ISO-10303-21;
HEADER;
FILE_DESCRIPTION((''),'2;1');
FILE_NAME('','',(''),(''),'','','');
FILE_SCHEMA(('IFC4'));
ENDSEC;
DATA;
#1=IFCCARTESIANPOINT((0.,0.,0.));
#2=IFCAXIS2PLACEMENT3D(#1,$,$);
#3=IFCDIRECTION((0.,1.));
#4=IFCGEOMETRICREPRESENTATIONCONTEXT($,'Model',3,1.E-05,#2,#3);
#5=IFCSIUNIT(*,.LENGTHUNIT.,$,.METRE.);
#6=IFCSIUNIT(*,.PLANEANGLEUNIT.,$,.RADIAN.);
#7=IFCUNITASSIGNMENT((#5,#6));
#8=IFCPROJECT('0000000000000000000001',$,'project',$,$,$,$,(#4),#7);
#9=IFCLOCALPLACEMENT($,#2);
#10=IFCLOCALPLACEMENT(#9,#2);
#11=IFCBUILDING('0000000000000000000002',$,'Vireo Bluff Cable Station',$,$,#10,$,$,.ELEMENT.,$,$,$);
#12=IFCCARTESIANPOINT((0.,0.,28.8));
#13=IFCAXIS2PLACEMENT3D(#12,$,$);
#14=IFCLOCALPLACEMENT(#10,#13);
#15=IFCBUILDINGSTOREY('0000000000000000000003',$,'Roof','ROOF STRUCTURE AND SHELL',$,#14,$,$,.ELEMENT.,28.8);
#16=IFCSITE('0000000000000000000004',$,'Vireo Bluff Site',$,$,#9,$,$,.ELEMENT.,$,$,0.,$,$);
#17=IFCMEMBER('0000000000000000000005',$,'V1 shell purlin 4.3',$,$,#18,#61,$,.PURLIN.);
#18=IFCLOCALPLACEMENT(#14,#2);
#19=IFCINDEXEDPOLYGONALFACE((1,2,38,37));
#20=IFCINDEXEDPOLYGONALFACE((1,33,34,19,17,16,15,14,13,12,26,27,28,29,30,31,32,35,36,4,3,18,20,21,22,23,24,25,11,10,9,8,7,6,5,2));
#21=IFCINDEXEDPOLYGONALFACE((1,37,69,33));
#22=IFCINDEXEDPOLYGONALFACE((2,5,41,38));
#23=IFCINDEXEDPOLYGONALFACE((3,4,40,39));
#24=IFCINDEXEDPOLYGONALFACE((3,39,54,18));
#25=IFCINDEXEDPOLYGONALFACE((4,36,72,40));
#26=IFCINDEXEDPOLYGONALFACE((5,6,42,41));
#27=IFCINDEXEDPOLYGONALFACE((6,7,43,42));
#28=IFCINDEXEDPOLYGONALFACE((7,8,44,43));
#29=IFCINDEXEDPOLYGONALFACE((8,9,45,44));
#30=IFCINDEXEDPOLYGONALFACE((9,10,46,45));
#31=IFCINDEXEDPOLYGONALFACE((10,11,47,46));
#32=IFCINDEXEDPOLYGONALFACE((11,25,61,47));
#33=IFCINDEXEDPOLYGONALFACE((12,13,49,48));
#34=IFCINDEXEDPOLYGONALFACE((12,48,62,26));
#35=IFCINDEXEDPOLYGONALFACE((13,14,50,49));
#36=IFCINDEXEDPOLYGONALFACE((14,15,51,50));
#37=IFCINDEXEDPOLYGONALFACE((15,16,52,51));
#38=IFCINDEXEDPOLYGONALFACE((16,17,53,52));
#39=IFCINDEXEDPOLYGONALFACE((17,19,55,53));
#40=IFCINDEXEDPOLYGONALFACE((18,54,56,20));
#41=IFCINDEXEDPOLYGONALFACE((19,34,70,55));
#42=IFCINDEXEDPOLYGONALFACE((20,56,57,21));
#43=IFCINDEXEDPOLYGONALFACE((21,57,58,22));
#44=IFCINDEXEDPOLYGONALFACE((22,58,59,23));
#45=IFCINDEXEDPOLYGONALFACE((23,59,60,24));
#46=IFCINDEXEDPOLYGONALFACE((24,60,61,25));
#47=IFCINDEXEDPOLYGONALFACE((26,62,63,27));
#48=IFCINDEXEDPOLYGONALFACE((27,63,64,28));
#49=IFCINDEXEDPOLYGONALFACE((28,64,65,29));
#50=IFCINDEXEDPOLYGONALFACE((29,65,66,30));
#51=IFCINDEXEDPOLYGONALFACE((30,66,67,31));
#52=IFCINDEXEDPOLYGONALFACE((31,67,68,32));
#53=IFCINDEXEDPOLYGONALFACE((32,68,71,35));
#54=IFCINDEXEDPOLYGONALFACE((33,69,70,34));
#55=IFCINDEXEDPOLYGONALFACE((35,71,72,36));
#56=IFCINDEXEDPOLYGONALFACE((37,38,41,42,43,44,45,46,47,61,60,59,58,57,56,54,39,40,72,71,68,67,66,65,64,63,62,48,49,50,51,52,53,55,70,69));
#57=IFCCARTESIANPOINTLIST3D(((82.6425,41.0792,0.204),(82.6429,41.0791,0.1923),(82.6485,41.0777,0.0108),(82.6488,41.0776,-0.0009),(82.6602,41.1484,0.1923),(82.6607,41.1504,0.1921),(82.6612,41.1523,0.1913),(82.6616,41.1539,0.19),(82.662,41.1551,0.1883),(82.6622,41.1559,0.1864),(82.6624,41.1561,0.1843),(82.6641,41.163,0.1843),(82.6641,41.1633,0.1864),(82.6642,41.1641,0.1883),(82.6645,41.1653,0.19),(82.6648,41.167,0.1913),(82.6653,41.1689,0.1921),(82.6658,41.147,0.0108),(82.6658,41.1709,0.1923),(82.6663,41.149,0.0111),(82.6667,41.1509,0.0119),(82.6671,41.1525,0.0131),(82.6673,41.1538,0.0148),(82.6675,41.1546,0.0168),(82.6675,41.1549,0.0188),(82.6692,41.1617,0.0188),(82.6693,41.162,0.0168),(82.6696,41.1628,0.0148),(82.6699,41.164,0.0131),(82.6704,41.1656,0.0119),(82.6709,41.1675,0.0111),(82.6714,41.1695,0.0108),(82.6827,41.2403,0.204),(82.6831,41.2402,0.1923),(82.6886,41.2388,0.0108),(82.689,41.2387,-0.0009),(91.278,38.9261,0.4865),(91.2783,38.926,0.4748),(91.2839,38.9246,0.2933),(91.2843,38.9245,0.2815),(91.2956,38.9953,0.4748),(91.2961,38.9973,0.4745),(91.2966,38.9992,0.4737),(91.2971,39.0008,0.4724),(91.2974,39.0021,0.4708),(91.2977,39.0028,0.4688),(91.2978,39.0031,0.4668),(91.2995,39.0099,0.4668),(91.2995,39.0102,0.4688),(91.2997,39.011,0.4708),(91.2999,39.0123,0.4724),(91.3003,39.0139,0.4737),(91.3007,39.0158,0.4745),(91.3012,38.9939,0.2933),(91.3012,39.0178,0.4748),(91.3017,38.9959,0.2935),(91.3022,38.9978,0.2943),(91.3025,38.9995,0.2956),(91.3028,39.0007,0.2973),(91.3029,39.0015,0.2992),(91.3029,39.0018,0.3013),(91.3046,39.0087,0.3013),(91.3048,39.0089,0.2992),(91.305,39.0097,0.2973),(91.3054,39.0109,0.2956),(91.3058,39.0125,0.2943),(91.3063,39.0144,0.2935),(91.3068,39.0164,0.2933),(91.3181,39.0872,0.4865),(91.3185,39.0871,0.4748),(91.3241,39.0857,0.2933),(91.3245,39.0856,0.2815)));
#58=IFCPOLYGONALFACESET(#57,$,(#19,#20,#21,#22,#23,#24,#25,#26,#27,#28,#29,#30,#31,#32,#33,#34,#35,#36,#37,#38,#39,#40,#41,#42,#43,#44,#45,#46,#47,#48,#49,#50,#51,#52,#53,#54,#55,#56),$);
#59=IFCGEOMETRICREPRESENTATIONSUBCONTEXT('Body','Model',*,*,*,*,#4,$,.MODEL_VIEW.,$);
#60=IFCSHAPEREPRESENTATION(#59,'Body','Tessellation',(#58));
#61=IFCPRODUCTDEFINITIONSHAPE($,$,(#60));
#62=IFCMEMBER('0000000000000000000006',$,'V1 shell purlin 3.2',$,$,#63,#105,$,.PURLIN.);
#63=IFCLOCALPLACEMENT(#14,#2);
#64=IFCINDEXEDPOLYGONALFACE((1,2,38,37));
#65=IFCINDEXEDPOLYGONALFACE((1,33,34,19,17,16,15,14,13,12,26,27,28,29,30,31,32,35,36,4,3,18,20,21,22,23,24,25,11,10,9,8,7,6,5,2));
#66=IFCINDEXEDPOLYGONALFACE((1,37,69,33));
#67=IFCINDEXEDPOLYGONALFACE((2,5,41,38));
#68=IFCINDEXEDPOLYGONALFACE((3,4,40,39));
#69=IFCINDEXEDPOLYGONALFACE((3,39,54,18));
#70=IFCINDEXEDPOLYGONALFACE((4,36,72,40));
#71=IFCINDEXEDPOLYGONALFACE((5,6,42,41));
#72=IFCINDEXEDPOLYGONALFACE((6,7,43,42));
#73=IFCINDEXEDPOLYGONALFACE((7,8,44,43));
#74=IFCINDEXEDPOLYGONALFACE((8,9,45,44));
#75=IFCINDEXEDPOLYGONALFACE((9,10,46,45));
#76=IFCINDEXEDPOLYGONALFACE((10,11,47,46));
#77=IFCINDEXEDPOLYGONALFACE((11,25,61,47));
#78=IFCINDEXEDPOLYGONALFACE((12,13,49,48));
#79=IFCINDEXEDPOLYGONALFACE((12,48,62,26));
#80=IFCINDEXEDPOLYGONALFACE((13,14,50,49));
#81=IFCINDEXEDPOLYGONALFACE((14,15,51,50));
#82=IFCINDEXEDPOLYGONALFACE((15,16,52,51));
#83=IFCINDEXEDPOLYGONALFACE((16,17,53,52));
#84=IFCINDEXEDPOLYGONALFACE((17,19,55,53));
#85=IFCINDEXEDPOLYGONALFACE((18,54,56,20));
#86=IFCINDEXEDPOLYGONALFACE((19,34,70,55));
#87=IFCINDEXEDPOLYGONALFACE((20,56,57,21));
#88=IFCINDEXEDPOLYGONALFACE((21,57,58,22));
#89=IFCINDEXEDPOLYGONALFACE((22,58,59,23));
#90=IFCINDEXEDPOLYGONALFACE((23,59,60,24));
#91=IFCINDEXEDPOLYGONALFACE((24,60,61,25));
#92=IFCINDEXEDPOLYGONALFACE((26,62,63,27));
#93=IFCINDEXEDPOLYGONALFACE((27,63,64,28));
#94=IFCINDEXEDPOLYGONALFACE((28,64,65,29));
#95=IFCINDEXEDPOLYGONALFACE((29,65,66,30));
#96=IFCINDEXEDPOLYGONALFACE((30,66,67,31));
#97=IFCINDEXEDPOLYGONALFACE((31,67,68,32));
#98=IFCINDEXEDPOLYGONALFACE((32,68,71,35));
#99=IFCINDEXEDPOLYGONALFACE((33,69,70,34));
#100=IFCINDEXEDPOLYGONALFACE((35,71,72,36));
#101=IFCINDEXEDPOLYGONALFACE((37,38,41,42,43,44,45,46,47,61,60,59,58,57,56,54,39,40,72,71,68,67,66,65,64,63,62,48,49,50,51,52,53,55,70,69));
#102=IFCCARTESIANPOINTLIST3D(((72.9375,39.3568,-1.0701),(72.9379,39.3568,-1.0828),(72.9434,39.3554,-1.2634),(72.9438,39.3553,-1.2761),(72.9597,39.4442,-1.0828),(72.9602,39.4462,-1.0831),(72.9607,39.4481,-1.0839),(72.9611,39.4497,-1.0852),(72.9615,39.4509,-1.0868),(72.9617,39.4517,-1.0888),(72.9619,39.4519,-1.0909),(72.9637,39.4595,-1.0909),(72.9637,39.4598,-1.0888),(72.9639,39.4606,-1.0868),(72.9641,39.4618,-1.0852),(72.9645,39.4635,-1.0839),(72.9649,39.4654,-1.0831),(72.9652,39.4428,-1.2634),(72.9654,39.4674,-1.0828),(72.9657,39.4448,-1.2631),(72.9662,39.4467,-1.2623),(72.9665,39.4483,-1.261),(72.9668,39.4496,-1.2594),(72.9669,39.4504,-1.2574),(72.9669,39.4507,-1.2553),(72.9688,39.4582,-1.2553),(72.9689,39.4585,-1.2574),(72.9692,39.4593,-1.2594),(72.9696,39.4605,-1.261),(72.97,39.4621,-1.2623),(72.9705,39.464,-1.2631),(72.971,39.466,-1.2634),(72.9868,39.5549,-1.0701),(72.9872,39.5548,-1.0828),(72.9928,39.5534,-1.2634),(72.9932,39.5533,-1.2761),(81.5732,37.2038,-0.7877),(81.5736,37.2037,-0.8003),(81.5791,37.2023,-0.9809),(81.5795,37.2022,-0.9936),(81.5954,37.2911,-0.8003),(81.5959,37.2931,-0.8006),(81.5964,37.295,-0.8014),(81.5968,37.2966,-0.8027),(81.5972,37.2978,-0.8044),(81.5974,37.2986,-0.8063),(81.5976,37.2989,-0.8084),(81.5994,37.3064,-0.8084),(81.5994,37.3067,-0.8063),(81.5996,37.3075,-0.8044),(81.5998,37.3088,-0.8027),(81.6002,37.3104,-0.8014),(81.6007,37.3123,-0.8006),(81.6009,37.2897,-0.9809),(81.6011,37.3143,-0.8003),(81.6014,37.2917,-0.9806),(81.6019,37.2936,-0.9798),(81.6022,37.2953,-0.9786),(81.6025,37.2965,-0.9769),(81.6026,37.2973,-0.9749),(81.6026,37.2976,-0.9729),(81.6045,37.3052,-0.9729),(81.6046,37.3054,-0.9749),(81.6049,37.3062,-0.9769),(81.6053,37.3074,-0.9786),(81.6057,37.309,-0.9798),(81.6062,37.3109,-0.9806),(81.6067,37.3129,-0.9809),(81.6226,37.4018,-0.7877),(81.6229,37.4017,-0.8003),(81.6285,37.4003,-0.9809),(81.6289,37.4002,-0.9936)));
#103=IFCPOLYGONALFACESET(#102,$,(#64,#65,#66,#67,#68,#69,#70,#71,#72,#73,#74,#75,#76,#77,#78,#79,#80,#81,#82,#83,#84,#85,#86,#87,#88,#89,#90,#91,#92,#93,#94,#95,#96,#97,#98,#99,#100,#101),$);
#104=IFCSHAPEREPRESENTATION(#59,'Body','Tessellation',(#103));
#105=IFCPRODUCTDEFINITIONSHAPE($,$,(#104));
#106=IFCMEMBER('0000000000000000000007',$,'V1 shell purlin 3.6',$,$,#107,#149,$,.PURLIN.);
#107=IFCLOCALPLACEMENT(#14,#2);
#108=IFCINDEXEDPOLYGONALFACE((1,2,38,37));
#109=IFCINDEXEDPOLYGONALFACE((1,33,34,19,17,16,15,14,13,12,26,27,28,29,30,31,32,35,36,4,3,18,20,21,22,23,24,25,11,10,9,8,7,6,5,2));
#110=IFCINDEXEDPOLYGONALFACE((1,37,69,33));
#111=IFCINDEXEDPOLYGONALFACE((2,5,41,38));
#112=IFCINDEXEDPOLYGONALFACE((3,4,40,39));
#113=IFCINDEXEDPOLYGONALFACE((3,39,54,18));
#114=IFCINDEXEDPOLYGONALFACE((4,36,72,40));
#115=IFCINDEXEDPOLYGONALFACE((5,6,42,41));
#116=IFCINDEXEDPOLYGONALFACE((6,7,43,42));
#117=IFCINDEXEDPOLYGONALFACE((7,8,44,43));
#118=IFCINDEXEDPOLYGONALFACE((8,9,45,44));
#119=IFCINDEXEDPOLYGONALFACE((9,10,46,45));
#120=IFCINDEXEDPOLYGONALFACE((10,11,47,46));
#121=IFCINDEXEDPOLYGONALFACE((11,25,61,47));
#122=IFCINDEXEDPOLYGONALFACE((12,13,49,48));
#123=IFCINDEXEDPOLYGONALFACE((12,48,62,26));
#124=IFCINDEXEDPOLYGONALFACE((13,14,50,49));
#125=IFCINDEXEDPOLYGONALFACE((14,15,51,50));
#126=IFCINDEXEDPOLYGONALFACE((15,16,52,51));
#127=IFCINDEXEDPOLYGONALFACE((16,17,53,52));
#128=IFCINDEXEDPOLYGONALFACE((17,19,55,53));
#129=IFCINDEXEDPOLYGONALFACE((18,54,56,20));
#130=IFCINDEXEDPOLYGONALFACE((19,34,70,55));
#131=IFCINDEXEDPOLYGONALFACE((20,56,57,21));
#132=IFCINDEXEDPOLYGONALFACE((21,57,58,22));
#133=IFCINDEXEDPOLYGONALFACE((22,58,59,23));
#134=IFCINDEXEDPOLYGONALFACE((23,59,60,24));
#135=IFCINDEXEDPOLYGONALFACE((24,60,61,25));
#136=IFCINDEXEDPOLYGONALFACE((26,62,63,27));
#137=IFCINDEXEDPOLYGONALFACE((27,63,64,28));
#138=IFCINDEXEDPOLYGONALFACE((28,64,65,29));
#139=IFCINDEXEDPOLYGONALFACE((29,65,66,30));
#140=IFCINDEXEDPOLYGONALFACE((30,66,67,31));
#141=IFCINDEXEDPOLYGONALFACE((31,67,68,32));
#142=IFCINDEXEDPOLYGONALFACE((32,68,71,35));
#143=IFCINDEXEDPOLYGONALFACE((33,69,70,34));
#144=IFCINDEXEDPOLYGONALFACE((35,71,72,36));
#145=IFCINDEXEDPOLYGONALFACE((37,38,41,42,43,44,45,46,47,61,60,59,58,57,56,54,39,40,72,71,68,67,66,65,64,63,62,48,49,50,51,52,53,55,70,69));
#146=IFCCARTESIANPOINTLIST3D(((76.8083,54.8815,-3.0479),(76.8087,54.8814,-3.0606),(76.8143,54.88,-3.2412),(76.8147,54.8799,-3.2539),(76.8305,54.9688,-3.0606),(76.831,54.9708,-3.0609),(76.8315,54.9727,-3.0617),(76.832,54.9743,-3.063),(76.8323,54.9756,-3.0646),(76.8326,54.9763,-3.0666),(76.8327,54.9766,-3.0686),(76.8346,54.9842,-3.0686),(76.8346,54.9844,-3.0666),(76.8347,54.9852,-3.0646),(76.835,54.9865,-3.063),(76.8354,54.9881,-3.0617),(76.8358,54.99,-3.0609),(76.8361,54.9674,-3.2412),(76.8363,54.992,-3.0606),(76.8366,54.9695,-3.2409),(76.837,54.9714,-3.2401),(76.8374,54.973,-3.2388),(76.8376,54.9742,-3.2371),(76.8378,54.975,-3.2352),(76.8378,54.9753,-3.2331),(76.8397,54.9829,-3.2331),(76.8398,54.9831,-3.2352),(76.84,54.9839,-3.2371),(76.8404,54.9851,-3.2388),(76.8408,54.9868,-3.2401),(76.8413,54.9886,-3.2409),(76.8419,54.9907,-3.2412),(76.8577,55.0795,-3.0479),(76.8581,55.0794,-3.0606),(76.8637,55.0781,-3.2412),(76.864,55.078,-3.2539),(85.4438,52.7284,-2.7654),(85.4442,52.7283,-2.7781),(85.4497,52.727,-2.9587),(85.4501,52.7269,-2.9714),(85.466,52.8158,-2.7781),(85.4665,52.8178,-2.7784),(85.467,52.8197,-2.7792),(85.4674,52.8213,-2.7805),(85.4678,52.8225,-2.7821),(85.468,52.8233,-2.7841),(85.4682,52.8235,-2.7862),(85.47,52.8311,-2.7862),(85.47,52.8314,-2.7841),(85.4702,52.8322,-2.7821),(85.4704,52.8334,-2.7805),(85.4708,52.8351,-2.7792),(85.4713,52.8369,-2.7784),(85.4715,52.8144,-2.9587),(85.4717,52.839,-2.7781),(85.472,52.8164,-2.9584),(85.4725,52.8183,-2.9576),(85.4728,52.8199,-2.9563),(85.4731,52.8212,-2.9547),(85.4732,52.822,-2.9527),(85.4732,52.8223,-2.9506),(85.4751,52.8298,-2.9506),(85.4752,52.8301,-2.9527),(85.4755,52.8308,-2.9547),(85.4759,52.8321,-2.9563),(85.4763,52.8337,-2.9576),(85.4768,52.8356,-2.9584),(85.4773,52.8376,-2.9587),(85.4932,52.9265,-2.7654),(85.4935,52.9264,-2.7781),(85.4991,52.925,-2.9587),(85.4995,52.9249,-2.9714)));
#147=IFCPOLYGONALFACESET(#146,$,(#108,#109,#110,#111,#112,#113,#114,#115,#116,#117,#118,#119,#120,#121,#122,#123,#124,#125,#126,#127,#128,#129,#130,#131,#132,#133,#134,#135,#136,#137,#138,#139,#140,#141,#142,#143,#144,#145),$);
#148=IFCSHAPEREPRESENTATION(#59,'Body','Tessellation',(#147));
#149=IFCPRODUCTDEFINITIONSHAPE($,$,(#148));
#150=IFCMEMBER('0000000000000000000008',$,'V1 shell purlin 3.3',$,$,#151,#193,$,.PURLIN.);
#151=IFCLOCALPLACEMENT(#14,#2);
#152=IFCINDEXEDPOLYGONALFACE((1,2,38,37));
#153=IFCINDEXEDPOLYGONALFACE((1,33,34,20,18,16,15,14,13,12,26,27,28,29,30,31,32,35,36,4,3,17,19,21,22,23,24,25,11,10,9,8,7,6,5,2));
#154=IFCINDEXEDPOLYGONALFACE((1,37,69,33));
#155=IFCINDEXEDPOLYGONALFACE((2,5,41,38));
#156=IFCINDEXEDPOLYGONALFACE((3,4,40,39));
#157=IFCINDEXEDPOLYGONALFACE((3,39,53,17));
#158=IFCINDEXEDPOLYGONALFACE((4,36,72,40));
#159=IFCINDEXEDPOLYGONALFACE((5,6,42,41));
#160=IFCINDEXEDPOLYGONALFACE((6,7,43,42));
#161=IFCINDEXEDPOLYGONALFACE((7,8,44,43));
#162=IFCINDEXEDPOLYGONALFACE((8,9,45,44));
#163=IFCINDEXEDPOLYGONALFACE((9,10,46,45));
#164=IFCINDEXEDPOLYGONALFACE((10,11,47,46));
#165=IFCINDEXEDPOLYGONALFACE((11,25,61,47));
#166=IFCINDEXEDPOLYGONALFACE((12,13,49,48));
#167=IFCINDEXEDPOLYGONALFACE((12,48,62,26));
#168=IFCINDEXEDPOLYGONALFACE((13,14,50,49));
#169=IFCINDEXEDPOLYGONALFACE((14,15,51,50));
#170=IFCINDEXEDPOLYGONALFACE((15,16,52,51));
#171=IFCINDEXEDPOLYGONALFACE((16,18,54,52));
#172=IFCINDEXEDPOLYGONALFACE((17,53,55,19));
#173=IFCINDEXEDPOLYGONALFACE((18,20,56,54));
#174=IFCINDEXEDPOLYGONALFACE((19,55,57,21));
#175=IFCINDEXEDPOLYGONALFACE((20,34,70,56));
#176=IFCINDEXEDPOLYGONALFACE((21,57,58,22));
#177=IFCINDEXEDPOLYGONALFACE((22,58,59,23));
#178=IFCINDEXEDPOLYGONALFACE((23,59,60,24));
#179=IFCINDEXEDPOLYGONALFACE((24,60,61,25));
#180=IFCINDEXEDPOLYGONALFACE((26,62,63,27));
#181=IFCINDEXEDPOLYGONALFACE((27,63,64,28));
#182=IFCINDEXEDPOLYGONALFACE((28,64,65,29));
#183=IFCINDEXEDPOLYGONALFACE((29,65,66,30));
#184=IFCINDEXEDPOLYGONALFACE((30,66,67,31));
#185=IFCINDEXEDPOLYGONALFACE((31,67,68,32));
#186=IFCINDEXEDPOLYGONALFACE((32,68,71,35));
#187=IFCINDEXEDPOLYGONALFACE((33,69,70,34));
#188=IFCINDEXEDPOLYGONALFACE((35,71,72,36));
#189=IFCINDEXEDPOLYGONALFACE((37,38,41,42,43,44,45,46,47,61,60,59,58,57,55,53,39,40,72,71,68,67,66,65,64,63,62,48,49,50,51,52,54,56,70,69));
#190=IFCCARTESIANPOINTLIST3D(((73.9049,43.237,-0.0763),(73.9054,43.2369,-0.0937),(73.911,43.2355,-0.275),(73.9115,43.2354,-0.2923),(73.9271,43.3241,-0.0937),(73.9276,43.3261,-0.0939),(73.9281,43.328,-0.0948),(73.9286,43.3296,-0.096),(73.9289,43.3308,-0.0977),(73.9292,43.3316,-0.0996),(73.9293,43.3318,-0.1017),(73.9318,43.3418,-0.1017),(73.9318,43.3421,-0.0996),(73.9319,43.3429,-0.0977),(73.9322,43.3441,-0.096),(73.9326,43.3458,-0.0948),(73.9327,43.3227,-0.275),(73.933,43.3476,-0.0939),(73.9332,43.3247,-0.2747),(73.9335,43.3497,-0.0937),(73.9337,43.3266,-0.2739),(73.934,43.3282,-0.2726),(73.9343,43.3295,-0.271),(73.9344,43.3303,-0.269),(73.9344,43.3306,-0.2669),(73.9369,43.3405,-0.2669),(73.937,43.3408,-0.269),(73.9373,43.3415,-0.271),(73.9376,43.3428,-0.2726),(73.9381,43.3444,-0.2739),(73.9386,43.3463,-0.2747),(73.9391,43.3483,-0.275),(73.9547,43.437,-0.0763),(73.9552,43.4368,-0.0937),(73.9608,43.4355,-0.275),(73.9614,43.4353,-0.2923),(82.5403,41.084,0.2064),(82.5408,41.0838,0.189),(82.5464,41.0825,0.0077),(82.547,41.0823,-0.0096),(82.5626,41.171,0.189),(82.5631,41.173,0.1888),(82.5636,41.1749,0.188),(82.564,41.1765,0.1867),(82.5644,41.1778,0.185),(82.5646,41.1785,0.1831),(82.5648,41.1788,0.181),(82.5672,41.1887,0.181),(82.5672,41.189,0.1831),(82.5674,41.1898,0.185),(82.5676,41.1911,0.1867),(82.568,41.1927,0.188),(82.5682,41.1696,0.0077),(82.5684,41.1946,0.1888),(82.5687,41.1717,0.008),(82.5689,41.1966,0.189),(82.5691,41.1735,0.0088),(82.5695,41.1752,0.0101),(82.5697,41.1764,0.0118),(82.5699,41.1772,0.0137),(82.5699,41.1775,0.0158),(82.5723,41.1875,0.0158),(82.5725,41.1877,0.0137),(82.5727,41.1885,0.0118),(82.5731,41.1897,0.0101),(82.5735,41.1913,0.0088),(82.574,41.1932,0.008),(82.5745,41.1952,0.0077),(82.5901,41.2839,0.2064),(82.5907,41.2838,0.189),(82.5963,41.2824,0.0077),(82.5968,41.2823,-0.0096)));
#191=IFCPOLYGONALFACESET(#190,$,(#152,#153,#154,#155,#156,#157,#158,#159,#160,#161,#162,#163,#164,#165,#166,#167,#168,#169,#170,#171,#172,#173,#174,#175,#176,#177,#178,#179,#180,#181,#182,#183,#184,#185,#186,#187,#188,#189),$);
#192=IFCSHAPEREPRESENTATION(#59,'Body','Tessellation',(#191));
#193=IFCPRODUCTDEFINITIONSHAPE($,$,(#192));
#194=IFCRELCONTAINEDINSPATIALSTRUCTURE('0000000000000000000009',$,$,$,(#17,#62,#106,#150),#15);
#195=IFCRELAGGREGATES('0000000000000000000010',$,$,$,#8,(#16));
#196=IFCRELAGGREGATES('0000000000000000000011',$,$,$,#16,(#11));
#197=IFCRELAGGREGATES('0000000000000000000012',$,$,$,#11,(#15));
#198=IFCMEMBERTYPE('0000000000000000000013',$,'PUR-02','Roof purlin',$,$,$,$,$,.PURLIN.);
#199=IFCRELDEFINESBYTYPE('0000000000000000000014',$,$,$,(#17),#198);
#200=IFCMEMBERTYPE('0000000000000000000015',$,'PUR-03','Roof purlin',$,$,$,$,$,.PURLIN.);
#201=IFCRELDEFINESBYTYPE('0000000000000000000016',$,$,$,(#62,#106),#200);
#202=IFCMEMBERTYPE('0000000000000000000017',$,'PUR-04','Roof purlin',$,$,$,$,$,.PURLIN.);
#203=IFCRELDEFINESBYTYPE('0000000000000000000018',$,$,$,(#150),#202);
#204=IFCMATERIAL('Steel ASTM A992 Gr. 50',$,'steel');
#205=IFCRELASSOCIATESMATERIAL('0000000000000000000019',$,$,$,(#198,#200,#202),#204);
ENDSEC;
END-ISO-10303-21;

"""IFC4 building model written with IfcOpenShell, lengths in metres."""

from ifc_helpers import new_model, si_unit, direction, frame, origin, origin_2d, place, context, subcontext, project, spatial, i_section, extrude, material, material_profile, profile_set, type_object, element, save


model = new_model("IFC4")

# Units and contexts
model_context = context("Model", 3, precision=1e-05, world=origin(), true_north=direction((0.0, 1.0)))
body_context = subcontext(model_context, "Body", "Model", "MODEL_VIEW")
ifc_project = project(units=[si_unit("LENGTHUNIT", "METRE"), si_unit("PLANEANGLEUNIT", "RADIAN")], contexts=[model_context])

# Site, building, storey
site_placement = place(None, origin())
site = spatial("IfcSite", under=ifc_project, at=site_placement, Name="Vireo Bluff Site", CompositionType="ELEMENT", RefElevation=0.0)
building_placement = place(site_placement, origin())
building = spatial("IfcBuilding", under=site, at=building_placement, Name="Vireo Bluff Cable Station", CompositionType="ELEMENT")
storey_placement = place(building_placement, frame((0.0, 0.0, 28.8)))
storey = spatial("IfcBuildingStorey", under=building, at=storey_placement, Name="Roof", Description="ROOF STRUCTURE AND SHELL", CompositionType="ELEMENT", Elevation=28.8)

# Members
ifc_material_1 = material(Name="Steel ASTM A992 Gr. 50", Category="steel")
ifc_material_profile_1 = material_profile(ifc_material_1, i_section(OverallWidth=0.166, OverallDepth=0.2051, WebThickness=0.0071, FlangeThickness=0.0117, FilletRadius=0.0081, at=origin_2d()), Name="W8X28")
ifc_profile_set_1 = profile_set([ifc_material_profile_1], Name="Steel ASTM A992 Gr. 50")
member_type_1 = type_object("IfcMemberType", Name="PUR-02", Description="Roof purlin", PredefinedType="PURLIN", material=ifc_profile_set_1)
member_1_placement = place(storey_placement, frame((82.6658, 41.1589, 0.1016), z_axis=(0.969807, -0.241801, 0.031723), x_axis=(0.241922, 0.970296, 0.0)))
element("IfcMember", 1, at=member_1_placement, inside=storey, type_object=member_type_1, Name="V1 shell purlin 4.3", PredefinedType="PURLIN", context=body_context, shape_type="SweptSolid", body=[
    extrude(i_section(OverallWidth=0.166, OverallDepth=0.2051, WebThickness=0.0071, FlangeThickness=0.0117, FilletRadius=0.0081, at=origin_2d()), origin(), (0.0, 0.0, 1.0), 8.9043),
])
ifc_material_profile_2 = material_profile(ifc_material_1, i_section(OverallWidth=0.2041, OverallDepth=0.2061, WebThickness=0.0078, FlangeThickness=0.0127, FilletRadius=0.0081, at=origin_2d()), Name="W8X35")
ifc_profile_set_2 = profile_set([ifc_material_profile_2], Name="Steel ASTM A992 Gr. 50")
member_type_2 = type_object("IfcMemberType", Name="PUR-03", Description="Roof purlin", PredefinedType="PURLIN", material=ifc_profile_set_2)
member_2_placement = place(storey_placement, frame((72.9653, 39.4551, -1.1731), z_axis=(0.969809, -0.241794, 0.031722), x_axis=(0.241916, 0.970297, 0.0)))
element("IfcMember", 2, at=member_2_placement, inside=storey, type_object=member_type_2, Name="V1 shell purlin 3.2", PredefinedType="PURLIN", context=body_context, shape_type="SweptSolid", body=[
    extrude(i_section(OverallWidth=0.2041, OverallDepth=0.2061, WebThickness=0.0078, FlangeThickness=0.0127, FilletRadius=0.0081, at=origin_2d()), origin(), (0.0, 0.0, 1.0), 8.9045),
])
member_3_placement = place(storey_placement, frame((76.8362, 54.9797, -3.1509), z_axis=(0.969807, -0.241801, 0.031723), x_axis=(0.241922, 0.970296, 0.0)))
element("IfcMember", 3, at=member_3_placement, inside=storey, type_object=member_type_2, Name="V1 shell purlin 3.6", PredefinedType="PURLIN", context=body_context, shape_type="SweptSolid", body=[
    extrude(i_section(OverallWidth=0.2041, OverallDepth=0.2061, WebThickness=0.0078, FlangeThickness=0.0127, FilletRadius=0.0081, at=origin_2d()), origin(), (0.0, 0.0, 1.0), 8.9043),
])
ifc_material_profile_3 = material_profile(ifc_material_1, i_section(OverallWidth=0.2061, OverallDepth=0.2161, WebThickness=0.0103, FlangeThickness=0.0173, FilletRadius=0.0081, at=origin_2d()), Name="W8X48")
ifc_profile_set_3 = profile_set([ifc_material_profile_3], Name="Steel ASTM A992 Gr. 50")
member_type_3 = type_object("IfcMemberType", Name="PUR-04", Description="Roof purlin", PredefinedType="PURLIN", material=ifc_profile_set_3)
member_4_placement = place(storey_placement, frame((73.9331, 43.3362, -0.1843), z_axis=(0.969806, -0.2418, 0.03175), x_axis=(0.241922, 0.970296, 0.0)))
element("IfcMember", 4, at=member_4_placement, inside=storey, type_object=member_type_3, Name="V1 shell purlin 3.3", PredefinedType="PURLIN", context=body_context, shape_type="SweptSolid", body=[
    extrude(i_section(OverallWidth=0.2061, OverallDepth=0.2161, WebThickness=0.0103, FlangeThickness=0.0173, FilletRadius=0.0081, at=origin_2d()), origin(), (0.0, 0.0, 1.0), 8.9043),
])

save(model, "model.ifc")
